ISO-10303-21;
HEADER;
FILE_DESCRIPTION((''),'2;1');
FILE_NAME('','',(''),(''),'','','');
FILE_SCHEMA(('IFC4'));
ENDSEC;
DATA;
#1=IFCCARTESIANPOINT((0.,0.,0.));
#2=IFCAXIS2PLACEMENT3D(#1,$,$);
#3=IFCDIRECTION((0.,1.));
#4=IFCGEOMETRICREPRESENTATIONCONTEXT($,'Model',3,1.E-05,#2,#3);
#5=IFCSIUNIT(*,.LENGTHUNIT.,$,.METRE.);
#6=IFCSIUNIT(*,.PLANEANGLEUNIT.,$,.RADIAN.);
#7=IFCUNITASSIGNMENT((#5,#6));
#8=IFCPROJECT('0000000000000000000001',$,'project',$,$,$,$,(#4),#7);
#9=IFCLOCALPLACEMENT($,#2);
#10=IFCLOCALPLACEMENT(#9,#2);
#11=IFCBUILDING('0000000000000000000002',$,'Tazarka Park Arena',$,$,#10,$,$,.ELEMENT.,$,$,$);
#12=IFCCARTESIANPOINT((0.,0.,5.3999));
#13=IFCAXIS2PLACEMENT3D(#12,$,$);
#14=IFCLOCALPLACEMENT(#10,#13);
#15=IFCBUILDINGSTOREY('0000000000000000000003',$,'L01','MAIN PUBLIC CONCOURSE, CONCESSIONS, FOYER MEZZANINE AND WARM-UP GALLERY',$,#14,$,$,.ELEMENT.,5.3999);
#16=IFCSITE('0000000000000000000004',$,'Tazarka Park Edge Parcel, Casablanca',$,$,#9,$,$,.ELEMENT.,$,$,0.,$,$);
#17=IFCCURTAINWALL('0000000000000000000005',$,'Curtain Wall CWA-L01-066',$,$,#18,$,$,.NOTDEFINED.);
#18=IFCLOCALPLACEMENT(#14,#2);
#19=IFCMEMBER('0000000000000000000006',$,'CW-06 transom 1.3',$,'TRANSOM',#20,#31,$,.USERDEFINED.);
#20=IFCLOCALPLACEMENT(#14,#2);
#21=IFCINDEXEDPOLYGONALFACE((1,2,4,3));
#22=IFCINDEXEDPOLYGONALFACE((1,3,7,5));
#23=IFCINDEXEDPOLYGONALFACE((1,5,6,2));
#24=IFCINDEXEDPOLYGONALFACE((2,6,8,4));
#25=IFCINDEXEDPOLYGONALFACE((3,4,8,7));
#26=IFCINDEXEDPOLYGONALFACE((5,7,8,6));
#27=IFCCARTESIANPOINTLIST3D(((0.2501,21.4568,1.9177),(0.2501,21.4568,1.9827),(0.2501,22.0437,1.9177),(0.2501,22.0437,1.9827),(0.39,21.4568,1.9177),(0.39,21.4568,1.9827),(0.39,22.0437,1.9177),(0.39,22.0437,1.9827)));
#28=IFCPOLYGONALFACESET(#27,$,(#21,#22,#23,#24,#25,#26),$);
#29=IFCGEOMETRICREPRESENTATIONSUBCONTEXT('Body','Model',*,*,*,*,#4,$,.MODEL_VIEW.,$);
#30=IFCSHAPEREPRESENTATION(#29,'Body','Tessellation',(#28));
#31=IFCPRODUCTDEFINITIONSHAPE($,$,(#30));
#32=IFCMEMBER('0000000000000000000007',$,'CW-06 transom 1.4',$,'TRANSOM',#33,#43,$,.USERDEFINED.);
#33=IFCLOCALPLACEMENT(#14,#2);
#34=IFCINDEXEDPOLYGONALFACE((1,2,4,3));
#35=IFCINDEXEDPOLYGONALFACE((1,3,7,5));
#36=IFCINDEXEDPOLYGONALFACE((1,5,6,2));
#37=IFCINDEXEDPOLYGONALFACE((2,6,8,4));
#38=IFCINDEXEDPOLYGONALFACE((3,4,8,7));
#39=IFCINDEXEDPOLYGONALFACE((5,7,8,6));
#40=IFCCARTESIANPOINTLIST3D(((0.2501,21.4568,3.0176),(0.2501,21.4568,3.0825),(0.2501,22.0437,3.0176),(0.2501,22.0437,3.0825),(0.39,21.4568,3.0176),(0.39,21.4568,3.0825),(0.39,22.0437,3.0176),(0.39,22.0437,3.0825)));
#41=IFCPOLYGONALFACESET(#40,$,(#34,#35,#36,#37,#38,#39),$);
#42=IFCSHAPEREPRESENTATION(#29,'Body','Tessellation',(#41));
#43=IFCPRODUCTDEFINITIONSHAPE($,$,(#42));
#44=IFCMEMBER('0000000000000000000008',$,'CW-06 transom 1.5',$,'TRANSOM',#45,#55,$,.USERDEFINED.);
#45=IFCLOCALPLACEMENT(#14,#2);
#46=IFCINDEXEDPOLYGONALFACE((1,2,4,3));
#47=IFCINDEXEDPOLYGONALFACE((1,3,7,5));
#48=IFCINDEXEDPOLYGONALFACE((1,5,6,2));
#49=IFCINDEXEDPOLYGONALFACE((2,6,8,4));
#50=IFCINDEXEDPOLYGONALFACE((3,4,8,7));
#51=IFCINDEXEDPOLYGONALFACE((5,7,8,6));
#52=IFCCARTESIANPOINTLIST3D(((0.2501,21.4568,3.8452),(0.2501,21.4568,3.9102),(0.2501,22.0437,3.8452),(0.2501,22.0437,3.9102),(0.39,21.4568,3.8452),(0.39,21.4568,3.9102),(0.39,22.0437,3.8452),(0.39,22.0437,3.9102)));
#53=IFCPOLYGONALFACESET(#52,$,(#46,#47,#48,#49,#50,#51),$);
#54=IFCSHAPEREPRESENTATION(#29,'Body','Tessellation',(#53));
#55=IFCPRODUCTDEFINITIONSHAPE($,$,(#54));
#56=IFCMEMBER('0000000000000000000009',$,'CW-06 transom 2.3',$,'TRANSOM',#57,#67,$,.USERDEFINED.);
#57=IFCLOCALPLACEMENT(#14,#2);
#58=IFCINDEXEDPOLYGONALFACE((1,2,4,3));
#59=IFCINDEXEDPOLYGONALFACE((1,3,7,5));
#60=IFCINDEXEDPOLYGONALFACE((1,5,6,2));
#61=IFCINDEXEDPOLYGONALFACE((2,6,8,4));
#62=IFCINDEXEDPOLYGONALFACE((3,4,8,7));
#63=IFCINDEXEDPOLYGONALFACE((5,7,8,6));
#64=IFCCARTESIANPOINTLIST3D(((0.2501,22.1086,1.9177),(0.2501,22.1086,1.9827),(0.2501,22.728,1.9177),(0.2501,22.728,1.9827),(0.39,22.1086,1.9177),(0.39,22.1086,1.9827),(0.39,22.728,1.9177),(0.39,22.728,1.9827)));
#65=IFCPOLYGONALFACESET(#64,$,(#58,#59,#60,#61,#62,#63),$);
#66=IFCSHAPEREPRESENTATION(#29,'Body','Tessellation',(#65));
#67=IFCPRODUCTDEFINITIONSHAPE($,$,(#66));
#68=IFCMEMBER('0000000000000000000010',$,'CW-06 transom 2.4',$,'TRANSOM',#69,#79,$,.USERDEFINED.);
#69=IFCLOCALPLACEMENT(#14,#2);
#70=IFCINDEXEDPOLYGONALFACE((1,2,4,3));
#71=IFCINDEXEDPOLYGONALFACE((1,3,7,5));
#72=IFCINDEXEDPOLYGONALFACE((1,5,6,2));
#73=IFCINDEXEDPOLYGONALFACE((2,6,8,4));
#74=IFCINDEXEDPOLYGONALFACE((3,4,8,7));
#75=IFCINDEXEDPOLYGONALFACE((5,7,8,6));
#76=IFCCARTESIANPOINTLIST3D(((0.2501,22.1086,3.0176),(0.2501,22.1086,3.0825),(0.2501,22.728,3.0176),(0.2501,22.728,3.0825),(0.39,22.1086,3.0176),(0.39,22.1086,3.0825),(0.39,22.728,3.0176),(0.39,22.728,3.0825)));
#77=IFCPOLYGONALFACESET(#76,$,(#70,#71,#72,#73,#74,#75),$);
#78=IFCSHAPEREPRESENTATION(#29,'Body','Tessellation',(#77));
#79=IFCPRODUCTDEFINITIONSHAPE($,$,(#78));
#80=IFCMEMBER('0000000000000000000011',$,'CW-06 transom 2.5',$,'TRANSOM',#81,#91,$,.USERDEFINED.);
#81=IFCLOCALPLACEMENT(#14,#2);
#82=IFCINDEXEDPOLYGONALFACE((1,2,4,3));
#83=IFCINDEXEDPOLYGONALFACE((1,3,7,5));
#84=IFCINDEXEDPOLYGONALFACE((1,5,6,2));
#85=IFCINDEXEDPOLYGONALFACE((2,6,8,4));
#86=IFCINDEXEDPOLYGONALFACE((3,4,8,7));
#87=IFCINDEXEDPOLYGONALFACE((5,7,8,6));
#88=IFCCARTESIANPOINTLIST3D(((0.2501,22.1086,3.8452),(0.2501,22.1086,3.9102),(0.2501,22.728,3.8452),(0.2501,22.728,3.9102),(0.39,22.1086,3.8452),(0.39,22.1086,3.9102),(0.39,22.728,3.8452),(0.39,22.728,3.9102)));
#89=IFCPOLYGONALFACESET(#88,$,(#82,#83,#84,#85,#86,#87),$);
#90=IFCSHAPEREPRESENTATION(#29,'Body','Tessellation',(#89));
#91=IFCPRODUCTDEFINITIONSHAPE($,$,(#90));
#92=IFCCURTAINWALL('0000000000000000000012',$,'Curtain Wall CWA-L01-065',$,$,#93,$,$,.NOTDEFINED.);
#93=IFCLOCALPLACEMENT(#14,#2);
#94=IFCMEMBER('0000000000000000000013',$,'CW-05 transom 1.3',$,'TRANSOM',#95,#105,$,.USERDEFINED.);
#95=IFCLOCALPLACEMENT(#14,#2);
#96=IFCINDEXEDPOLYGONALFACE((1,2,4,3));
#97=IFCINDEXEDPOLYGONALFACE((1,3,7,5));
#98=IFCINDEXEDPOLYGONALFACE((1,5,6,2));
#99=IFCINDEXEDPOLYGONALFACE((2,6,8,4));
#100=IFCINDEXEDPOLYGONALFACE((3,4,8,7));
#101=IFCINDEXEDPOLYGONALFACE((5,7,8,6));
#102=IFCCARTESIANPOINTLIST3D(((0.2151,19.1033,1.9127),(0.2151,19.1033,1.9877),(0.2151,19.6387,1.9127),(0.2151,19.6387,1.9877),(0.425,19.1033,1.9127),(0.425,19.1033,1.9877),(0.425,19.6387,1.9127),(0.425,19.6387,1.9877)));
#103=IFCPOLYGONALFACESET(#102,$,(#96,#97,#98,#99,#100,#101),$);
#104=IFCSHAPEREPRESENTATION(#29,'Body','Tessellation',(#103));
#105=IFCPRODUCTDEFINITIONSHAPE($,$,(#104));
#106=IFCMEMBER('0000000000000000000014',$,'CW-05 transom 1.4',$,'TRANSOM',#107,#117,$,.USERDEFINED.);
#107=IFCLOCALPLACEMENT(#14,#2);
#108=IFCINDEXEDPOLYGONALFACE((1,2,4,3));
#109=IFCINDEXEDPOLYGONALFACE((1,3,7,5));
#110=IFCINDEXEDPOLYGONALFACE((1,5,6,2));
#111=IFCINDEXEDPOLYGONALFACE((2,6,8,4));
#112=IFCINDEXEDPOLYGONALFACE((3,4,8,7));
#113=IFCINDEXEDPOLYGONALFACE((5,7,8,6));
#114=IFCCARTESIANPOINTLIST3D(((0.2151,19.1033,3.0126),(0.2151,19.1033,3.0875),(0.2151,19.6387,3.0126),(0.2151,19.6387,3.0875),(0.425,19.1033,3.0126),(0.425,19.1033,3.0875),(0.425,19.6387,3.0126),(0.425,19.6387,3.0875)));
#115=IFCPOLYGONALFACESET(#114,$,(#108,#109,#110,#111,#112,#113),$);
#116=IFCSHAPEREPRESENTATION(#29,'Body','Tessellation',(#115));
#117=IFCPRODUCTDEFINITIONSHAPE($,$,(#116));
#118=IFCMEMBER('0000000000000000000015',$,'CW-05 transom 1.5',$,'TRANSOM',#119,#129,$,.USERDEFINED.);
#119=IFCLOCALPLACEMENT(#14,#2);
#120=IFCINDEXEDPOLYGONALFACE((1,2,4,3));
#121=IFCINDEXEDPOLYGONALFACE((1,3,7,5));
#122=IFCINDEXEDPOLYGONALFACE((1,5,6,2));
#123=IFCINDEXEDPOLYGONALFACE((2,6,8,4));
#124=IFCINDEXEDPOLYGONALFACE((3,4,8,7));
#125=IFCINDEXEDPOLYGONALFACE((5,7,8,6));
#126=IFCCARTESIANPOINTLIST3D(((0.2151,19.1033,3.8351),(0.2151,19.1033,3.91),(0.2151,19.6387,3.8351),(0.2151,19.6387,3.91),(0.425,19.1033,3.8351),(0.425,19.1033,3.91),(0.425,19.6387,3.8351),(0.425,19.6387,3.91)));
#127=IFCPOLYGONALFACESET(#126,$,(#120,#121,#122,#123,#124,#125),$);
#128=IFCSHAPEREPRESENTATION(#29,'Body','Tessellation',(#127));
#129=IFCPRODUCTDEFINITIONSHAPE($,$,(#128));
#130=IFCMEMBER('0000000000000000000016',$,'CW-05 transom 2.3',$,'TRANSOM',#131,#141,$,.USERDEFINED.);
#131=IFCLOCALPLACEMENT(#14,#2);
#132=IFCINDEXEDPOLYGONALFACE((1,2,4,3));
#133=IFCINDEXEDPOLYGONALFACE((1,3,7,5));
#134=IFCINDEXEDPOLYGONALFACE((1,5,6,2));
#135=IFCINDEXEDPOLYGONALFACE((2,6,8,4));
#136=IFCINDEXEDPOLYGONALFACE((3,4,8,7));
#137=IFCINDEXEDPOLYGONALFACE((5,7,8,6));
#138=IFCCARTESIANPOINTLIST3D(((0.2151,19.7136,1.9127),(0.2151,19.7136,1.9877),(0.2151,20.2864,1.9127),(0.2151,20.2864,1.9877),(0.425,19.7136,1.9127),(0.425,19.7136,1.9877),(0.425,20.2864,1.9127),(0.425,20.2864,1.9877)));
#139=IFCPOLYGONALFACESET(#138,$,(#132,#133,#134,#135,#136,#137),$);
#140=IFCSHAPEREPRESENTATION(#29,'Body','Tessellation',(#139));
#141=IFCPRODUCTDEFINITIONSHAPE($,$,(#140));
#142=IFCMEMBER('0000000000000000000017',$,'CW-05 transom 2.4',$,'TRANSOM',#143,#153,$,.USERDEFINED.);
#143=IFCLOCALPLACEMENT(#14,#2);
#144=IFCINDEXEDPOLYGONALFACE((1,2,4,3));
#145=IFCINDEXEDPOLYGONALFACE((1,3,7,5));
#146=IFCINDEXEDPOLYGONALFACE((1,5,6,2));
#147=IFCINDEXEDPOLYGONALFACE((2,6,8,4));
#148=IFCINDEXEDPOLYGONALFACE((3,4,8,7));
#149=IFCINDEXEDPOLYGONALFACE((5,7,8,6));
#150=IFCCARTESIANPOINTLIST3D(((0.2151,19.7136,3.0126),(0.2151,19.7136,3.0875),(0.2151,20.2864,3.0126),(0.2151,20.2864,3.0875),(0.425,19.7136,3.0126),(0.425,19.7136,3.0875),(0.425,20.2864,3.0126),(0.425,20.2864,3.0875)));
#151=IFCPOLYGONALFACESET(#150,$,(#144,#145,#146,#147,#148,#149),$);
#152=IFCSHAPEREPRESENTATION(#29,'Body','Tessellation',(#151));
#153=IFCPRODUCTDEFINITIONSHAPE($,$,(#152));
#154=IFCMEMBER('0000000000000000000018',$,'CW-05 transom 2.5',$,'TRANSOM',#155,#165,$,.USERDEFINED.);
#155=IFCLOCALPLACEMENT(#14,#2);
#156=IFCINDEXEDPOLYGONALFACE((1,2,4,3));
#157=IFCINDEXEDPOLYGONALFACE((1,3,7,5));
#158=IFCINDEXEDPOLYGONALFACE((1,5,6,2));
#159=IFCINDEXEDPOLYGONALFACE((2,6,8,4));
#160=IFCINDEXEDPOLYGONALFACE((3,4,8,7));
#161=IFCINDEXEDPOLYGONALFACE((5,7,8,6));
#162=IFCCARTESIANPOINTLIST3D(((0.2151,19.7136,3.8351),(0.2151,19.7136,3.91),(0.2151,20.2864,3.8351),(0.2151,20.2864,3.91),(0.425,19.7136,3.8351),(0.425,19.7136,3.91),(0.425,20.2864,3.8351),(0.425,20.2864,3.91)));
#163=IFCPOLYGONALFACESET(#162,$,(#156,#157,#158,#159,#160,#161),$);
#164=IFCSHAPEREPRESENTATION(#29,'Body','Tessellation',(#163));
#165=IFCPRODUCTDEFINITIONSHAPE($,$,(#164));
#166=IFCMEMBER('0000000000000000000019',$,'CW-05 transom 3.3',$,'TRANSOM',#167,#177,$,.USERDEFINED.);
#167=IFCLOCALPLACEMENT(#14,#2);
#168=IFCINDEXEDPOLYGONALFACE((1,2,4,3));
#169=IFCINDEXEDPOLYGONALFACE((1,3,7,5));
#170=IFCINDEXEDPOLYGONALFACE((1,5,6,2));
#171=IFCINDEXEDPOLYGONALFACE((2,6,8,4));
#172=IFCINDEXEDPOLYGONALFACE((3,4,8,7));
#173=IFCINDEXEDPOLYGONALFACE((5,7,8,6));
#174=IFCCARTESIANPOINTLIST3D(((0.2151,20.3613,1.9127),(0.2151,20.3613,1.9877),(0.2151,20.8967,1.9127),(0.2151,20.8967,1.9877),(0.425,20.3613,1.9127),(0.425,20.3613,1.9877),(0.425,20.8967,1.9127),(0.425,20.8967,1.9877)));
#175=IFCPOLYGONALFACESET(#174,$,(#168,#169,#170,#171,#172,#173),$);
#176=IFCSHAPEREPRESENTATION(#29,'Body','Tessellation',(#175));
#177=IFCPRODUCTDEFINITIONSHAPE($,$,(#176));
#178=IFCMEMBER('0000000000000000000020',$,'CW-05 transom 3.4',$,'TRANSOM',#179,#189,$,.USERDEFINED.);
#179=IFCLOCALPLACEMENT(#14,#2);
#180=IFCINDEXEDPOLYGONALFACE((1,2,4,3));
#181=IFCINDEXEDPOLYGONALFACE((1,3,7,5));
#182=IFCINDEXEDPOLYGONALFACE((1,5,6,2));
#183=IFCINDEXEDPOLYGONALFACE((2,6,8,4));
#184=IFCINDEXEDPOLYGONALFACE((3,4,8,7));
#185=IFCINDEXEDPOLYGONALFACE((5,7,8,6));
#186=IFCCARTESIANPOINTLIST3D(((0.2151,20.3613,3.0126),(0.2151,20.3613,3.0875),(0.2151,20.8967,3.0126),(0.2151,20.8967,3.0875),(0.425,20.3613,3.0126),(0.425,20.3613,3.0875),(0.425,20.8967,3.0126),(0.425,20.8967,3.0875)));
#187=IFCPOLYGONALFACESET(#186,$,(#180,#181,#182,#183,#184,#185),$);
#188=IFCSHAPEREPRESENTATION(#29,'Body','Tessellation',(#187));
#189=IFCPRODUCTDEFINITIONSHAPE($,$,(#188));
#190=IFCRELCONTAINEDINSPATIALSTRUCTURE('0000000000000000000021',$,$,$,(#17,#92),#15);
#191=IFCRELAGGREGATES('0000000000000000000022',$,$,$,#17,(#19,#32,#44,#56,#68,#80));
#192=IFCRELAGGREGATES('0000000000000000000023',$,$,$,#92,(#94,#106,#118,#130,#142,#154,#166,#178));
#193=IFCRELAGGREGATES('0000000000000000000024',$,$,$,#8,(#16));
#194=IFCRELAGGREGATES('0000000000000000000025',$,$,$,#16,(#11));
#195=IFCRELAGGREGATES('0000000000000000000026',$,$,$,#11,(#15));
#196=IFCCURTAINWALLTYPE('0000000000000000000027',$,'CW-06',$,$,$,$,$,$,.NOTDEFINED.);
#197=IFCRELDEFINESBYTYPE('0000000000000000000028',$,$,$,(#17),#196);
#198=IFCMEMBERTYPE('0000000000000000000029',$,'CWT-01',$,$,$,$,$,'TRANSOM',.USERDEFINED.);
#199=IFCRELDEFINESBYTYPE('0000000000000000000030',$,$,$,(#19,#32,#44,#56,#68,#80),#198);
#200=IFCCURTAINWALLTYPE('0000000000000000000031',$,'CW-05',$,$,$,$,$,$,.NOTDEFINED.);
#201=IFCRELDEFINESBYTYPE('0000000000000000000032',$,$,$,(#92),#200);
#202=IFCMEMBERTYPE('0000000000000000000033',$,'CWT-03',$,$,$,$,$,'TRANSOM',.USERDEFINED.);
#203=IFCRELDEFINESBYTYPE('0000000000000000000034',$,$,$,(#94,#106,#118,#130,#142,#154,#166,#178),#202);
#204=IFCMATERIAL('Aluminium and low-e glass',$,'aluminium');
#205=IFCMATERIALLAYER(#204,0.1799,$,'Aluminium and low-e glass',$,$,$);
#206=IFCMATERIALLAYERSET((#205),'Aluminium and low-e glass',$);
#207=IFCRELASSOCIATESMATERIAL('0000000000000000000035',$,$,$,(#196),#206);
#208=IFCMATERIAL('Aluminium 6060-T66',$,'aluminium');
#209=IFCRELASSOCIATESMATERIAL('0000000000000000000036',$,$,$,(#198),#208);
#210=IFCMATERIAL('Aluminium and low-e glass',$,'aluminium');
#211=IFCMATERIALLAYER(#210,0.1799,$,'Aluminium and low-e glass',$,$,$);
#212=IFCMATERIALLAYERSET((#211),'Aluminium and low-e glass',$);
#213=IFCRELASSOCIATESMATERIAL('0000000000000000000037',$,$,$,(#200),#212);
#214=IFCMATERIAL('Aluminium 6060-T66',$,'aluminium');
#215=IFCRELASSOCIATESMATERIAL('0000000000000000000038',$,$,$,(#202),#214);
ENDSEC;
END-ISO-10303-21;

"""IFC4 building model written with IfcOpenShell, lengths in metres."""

from ifc_helpers import new_model, si_unit, direction, frame, origin, origin_2d, place, context, subcontext, project, spatial, rectangle, extrude, material, layer, layer_set, material_profile, profile_set, type_object, element, aggregate, save


model = new_model("IFC4")

# Units and contexts
model_context = context("Model", 3, precision=1e-05, world=origin(), true_north=direction((0.0, 1.0)))
body_context = subcontext(model_context, "Body", "Model", "MODEL_VIEW")
ifc_project = project(units=[si_unit("LENGTHUNIT", "METRE"), si_unit("PLANEANGLEUNIT", "RADIAN")], contexts=[model_context])

# Site, building, storey
site_placement = place(None, origin())
site = spatial("IfcSite", under=ifc_project, at=site_placement, Name="Tazarka Park Edge Parcel, Casablanca", CompositionType="ELEMENT", RefElevation=0.0)
building_placement = place(site_placement, origin())
building = spatial("IfcBuilding", under=site, at=building_placement, Name="Tazarka Park Arena", CompositionType="ELEMENT")
storey_placement = place(building_placement, frame((0.0, 0.0, 5.3999)))
storey = spatial("IfcBuildingStorey", under=building, at=storey_placement, Name="L01", Description="MAIN PUBLIC CONCOURSE, CONCESSIONS, FOYER MEZZANINE AND WARM-UP GALLERY", CompositionType="ELEMENT", Elevation=5.3999)

# Curtain walls, members
ifc_material_1 = material(Name="Aluminium and low-e glass", Category="aluminium")
ifc_layer_1 = layer(ifc_material_1, 0.1799, Name="Aluminium and low-e glass")
ifc_layer_set_1 = layer_set([ifc_layer_1], Name="Aluminium and low-e glass")
curtain_wall_type_1 = type_object("IfcCurtainWallType", Name="CW-06", PredefinedType="NOTDEFINED", material=ifc_layer_set_1)
curtain_wall_1_placement = place(storey_placement, origin())
curtain_wall_1 = element("IfcCurtainWall", 1, at=curtain_wall_1_placement, inside=storey, type_object=curtain_wall_type_1, Name="Curtain Wall CWA-L01-066", PredefinedType="NOTDEFINED")
ifc_material_2 = material(Name="Aluminium 6060-T66", Category="aluminium")
ifc_material_profile_1 = material_profile(ifc_material_2, rectangle(XDim=0.1399, YDim=0.0649, at=origin_2d()), Name="Aluminium 6060-T66")
ifc_profile_set_1 = profile_set([ifc_material_profile_1], Name="Aluminium 6060-T66")
member_type_1 = type_object("IfcMemberType", Name="CWT-01", ElementType="TRANSOM", PredefinedType="USERDEFINED", material=ifc_profile_set_1)
member_1_placement = place(storey_placement, frame((0.3201, 21.4568, 1.9502), z_axis=(0.0, 1.0, 0.0), x_axis=(-1.0, 0.0, 0.0)))
member_1 = element("IfcMember", 2, at=member_1_placement, type_object=member_type_1, Name="CW-06 transom 1.3", ObjectType="TRANSOM", PredefinedType="USERDEFINED", context=body_context, shape_type="SweptSolid", body=[
    extrude(rectangle(XDim=0.1399, YDim=0.0649, at=origin_2d()), origin(), (0.0, 0.0, 1.0), 0.5869),
])
member_2_placement = place(storey_placement, frame((0.3201, 21.4568, 3.05), z_axis=(0.0, 1.0, 0.0), x_axis=(-1.0, 0.0, 0.0)))
member_2 = element("IfcMember", 3, at=member_2_placement, type_object=member_type_1, Name="CW-06 transom 1.4", ObjectType="TRANSOM", PredefinedType="USERDEFINED", context=body_context, shape_type="SweptSolid", body=[
    extrude(rectangle(XDim=0.1399, YDim=0.0649, at=origin_2d()), origin(), (0.0, 0.0, 1.0), 0.5869),
])
member_3_placement = place(storey_placement, frame((0.3201, 21.4568, 3.8777), z_axis=(0.0, 1.0, 0.0), x_axis=(-1.0, 0.0, 0.0)))
member_3 = element("IfcMember", 4, at=member_3_placement, type_object=member_type_1, Name="CW-06 transom 1.5", ObjectType="TRANSOM", PredefinedType="USERDEFINED", context=body_context, shape_type="SweptSolid", body=[
    extrude(rectangle(XDim=0.1399, YDim=0.0649, at=origin_2d()), origin(), (0.0, 0.0, 1.0), 0.5869),
])
member_4_placement = place(storey_placement, frame((0.3201, 22.1086, 1.9502), z_axis=(0.0, 1.0, 0.0), x_axis=(-1.0, 0.0, 0.0)))
member_4 = element("IfcMember", 5, at=member_4_placement, type_object=member_type_1, Name="CW-06 transom 2.3", ObjectType="TRANSOM", PredefinedType="USERDEFINED", context=body_context, shape_type="SweptSolid", body=[
    extrude(rectangle(XDim=0.1399, YDim=0.0649, at=origin_2d()), origin(), (0.0, 0.0, 1.0), 0.6194),
])
member_5_placement = place(storey_placement, frame((0.3201, 22.1086, 3.05), z_axis=(0.0, 1.0, 0.0), x_axis=(-1.0, 0.0, 0.0)))
member_5 = element("IfcMember", 6, at=member_5_placement, type_object=member_type_1, Name="CW-06 transom 2.4", ObjectType="TRANSOM", PredefinedType="USERDEFINED", context=body_context, shape_type="SweptSolid", body=[
    extrude(rectangle(XDim=0.1399, YDim=0.0649, at=origin_2d()), origin(), (0.0, 0.0, 1.0), 0.6194),
])
member_6_placement = place(storey_placement, frame((0.3201, 22.1086, 3.8777), z_axis=(0.0, 1.0, 0.0), x_axis=(-1.0, 0.0, 0.0)))
member_6 = element("IfcMember", 7, at=member_6_placement, type_object=member_type_1, Name="CW-06 transom 2.5", ObjectType="TRANSOM", PredefinedType="USERDEFINED", context=body_context, shape_type="SweptSolid", body=[
    extrude(rectangle(XDim=0.1399, YDim=0.0649, at=origin_2d()), origin(), (0.0, 0.0, 1.0), 0.6194),
])
ifc_material_3 = material(Name="Aluminium and low-e glass", Category="aluminium")
ifc_layer_2 = layer(ifc_material_3, 0.1799, Name="Aluminium and low-e glass")
ifc_layer_set_2 = layer_set([ifc_layer_2], Name="Aluminium and low-e glass")
curtain_wall_type_2 = type_object("IfcCurtainWallType", Name="CW-05", PredefinedType="NOTDEFINED", material=ifc_layer_set_2)
curtain_wall_2_placement = place(storey_placement, origin())
curtain_wall_2 = element("IfcCurtainWall", 8, at=curtain_wall_2_placement, inside=storey, type_object=curtain_wall_type_2, Name="Curtain Wall CWA-L01-065", PredefinedType="NOTDEFINED")
ifc_material_4 = material(Name="Aluminium 6060-T66", Category="aluminium")
ifc_material_profile_2 = material_profile(ifc_material_4, rectangle(XDim=0.21, YDim=0.075, at=origin_2d()), Name="Aluminium 6060-T66")
ifc_profile_set_2 = profile_set([ifc_material_profile_2], Name="Aluminium 6060-T66")
member_type_2 = type_object("IfcMemberType", Name="CWT-03", ElementType="TRANSOM", PredefinedType="USERDEFINED", material=ifc_profile_set_2)
member_7_placement = place(storey_placement, frame((0.3201, 19.1033, 1.9502), z_axis=(0.0, 1.0, 0.0), x_axis=(-1.0, 0.0, 0.0)))
member_7 = element("IfcMember", 9, at=member_7_placement, type_object=member_type_2, Name="CW-05 transom 1.3", ObjectType="TRANSOM", PredefinedType="USERDEFINED", context=body_context, shape_type="SweptSolid", body=[
    extrude(rectangle(XDim=0.21, YDim=0.075, at=origin_2d()), origin(), (0.0, 0.0, 1.0), 0.5354),
])
member_8_placement = place(storey_placement, frame((0.3201, 19.1033, 3.05), z_axis=(0.0, 1.0, 0.0), x_axis=(-1.0, 0.0, 0.0)))
member_8 = element("IfcMember", 10, at=member_8_placement, type_object=member_type_2, Name="CW-05 transom 1.4", ObjectType="TRANSOM", PredefinedType="USERDEFINED", context=body_context, shape_type="SweptSolid", body=[
    extrude(rectangle(XDim=0.21, YDim=0.075, at=origin_2d()), origin(), (0.0, 0.0, 1.0), 0.5354),
])
member_9_placement = place(storey_placement, frame((0.3201, 19.1033, 3.8726), z_axis=(0.0, 1.0, 0.0), x_axis=(-1.0, 0.0, 0.0)))
member_9 = element("IfcMember", 11, at=member_9_placement, type_object=member_type_2, Name="CW-05 transom 1.5", ObjectType="TRANSOM", PredefinedType="USERDEFINED", context=body_context, shape_type="SweptSolid", body=[
    extrude(rectangle(XDim=0.21, YDim=0.075, at=origin_2d()), origin(), (0.0, 0.0, 1.0), 0.5354),
])
member_10_placement = place(storey_placement, frame((0.3201, 19.7136, 1.9502), z_axis=(0.0, 1.0, 0.0), x_axis=(-1.0, 0.0, 0.0)))
member_10 = element("IfcMember", 12, at=member_10_placement, type_object=member_type_2, Name="CW-05 transom 2.3", ObjectType="TRANSOM", PredefinedType="USERDEFINED", context=body_context, shape_type="SweptSolid", body=[
    extrude(rectangle(XDim=0.21, YDim=0.075, at=origin_2d()), origin(), (0.0, 0.0, 1.0), 0.5728),
])
member_11_placement = place(storey_placement, frame((0.3201, 19.7136, 3.05), z_axis=(0.0, 1.0, 0.0), x_axis=(-1.0, 0.0, 0.0)))
member_11 = element("IfcMember", 13, at=member_11_placement, type_object=member_type_2, Name="CW-05 transom 2.4", ObjectType="TRANSOM", PredefinedType="USERDEFINED", context=body_context, shape_type="SweptSolid", body=[
    extrude(rectangle(XDim=0.21, YDim=0.075, at=origin_2d()), origin(), (0.0, 0.0, 1.0), 0.5728),
])
member_12_placement = place(storey_placement, frame((0.3201, 19.7136, 3.8726), z_axis=(0.0, 1.0, 0.0), x_axis=(-1.0, 0.0, 0.0)))
member_12 = element("IfcMember", 14, at=member_12_placement, type_object=member_type_2, Name="CW-05 transom 2.5", ObjectType="TRANSOM", PredefinedType="USERDEFINED", context=body_context, shape_type="SweptSolid", body=[
    extrude(rectangle(XDim=0.21, YDim=0.075, at=origin_2d()), origin(), (0.0, 0.0, 1.0), 0.5728),
])
member_13_placement = place(storey_placement, frame((0.3201, 20.3613, 1.9502), z_axis=(0.0, 1.0, 0.0), x_axis=(-1.0, 0.0, 0.0)))
member_13 = element("IfcMember", 15, at=member_13_placement, type_object=member_type_2, Name="CW-05 transom 3.3", ObjectType="TRANSOM", PredefinedType="USERDEFINED", context=body_context, shape_type="SweptSolid", body=[
    extrude(rectangle(XDim=0.21, YDim=0.075, at=origin_2d()), origin(), (0.0, 0.0, 1.0), 0.5354),
])
member_14_placement = place(storey_placement, frame((0.3201, 20.3613, 3.05), z_axis=(0.0, 1.0, 0.0), x_axis=(-1.0, 0.0, 0.0)))
member_14 = element("IfcMember", 16, at=member_14_placement, type_object=member_type_2, Name="CW-05 transom 3.4", ObjectType="TRANSOM", PredefinedType="USERDEFINED", context=body_context, shape_type="SweptSolid", body=[
    extrude(rectangle(XDim=0.21, YDim=0.075, at=origin_2d()), origin(), (0.0, 0.0, 1.0), 0.5354),
])

aggregate(curtain_wall_1, [member_1, member_2, member_3, member_4, member_5, member_6])
aggregate(curtain_wall_2, [member_7, member_8, member_9, member_10, member_11, member_12, member_13, member_14])

save(model, "model.ifc")
